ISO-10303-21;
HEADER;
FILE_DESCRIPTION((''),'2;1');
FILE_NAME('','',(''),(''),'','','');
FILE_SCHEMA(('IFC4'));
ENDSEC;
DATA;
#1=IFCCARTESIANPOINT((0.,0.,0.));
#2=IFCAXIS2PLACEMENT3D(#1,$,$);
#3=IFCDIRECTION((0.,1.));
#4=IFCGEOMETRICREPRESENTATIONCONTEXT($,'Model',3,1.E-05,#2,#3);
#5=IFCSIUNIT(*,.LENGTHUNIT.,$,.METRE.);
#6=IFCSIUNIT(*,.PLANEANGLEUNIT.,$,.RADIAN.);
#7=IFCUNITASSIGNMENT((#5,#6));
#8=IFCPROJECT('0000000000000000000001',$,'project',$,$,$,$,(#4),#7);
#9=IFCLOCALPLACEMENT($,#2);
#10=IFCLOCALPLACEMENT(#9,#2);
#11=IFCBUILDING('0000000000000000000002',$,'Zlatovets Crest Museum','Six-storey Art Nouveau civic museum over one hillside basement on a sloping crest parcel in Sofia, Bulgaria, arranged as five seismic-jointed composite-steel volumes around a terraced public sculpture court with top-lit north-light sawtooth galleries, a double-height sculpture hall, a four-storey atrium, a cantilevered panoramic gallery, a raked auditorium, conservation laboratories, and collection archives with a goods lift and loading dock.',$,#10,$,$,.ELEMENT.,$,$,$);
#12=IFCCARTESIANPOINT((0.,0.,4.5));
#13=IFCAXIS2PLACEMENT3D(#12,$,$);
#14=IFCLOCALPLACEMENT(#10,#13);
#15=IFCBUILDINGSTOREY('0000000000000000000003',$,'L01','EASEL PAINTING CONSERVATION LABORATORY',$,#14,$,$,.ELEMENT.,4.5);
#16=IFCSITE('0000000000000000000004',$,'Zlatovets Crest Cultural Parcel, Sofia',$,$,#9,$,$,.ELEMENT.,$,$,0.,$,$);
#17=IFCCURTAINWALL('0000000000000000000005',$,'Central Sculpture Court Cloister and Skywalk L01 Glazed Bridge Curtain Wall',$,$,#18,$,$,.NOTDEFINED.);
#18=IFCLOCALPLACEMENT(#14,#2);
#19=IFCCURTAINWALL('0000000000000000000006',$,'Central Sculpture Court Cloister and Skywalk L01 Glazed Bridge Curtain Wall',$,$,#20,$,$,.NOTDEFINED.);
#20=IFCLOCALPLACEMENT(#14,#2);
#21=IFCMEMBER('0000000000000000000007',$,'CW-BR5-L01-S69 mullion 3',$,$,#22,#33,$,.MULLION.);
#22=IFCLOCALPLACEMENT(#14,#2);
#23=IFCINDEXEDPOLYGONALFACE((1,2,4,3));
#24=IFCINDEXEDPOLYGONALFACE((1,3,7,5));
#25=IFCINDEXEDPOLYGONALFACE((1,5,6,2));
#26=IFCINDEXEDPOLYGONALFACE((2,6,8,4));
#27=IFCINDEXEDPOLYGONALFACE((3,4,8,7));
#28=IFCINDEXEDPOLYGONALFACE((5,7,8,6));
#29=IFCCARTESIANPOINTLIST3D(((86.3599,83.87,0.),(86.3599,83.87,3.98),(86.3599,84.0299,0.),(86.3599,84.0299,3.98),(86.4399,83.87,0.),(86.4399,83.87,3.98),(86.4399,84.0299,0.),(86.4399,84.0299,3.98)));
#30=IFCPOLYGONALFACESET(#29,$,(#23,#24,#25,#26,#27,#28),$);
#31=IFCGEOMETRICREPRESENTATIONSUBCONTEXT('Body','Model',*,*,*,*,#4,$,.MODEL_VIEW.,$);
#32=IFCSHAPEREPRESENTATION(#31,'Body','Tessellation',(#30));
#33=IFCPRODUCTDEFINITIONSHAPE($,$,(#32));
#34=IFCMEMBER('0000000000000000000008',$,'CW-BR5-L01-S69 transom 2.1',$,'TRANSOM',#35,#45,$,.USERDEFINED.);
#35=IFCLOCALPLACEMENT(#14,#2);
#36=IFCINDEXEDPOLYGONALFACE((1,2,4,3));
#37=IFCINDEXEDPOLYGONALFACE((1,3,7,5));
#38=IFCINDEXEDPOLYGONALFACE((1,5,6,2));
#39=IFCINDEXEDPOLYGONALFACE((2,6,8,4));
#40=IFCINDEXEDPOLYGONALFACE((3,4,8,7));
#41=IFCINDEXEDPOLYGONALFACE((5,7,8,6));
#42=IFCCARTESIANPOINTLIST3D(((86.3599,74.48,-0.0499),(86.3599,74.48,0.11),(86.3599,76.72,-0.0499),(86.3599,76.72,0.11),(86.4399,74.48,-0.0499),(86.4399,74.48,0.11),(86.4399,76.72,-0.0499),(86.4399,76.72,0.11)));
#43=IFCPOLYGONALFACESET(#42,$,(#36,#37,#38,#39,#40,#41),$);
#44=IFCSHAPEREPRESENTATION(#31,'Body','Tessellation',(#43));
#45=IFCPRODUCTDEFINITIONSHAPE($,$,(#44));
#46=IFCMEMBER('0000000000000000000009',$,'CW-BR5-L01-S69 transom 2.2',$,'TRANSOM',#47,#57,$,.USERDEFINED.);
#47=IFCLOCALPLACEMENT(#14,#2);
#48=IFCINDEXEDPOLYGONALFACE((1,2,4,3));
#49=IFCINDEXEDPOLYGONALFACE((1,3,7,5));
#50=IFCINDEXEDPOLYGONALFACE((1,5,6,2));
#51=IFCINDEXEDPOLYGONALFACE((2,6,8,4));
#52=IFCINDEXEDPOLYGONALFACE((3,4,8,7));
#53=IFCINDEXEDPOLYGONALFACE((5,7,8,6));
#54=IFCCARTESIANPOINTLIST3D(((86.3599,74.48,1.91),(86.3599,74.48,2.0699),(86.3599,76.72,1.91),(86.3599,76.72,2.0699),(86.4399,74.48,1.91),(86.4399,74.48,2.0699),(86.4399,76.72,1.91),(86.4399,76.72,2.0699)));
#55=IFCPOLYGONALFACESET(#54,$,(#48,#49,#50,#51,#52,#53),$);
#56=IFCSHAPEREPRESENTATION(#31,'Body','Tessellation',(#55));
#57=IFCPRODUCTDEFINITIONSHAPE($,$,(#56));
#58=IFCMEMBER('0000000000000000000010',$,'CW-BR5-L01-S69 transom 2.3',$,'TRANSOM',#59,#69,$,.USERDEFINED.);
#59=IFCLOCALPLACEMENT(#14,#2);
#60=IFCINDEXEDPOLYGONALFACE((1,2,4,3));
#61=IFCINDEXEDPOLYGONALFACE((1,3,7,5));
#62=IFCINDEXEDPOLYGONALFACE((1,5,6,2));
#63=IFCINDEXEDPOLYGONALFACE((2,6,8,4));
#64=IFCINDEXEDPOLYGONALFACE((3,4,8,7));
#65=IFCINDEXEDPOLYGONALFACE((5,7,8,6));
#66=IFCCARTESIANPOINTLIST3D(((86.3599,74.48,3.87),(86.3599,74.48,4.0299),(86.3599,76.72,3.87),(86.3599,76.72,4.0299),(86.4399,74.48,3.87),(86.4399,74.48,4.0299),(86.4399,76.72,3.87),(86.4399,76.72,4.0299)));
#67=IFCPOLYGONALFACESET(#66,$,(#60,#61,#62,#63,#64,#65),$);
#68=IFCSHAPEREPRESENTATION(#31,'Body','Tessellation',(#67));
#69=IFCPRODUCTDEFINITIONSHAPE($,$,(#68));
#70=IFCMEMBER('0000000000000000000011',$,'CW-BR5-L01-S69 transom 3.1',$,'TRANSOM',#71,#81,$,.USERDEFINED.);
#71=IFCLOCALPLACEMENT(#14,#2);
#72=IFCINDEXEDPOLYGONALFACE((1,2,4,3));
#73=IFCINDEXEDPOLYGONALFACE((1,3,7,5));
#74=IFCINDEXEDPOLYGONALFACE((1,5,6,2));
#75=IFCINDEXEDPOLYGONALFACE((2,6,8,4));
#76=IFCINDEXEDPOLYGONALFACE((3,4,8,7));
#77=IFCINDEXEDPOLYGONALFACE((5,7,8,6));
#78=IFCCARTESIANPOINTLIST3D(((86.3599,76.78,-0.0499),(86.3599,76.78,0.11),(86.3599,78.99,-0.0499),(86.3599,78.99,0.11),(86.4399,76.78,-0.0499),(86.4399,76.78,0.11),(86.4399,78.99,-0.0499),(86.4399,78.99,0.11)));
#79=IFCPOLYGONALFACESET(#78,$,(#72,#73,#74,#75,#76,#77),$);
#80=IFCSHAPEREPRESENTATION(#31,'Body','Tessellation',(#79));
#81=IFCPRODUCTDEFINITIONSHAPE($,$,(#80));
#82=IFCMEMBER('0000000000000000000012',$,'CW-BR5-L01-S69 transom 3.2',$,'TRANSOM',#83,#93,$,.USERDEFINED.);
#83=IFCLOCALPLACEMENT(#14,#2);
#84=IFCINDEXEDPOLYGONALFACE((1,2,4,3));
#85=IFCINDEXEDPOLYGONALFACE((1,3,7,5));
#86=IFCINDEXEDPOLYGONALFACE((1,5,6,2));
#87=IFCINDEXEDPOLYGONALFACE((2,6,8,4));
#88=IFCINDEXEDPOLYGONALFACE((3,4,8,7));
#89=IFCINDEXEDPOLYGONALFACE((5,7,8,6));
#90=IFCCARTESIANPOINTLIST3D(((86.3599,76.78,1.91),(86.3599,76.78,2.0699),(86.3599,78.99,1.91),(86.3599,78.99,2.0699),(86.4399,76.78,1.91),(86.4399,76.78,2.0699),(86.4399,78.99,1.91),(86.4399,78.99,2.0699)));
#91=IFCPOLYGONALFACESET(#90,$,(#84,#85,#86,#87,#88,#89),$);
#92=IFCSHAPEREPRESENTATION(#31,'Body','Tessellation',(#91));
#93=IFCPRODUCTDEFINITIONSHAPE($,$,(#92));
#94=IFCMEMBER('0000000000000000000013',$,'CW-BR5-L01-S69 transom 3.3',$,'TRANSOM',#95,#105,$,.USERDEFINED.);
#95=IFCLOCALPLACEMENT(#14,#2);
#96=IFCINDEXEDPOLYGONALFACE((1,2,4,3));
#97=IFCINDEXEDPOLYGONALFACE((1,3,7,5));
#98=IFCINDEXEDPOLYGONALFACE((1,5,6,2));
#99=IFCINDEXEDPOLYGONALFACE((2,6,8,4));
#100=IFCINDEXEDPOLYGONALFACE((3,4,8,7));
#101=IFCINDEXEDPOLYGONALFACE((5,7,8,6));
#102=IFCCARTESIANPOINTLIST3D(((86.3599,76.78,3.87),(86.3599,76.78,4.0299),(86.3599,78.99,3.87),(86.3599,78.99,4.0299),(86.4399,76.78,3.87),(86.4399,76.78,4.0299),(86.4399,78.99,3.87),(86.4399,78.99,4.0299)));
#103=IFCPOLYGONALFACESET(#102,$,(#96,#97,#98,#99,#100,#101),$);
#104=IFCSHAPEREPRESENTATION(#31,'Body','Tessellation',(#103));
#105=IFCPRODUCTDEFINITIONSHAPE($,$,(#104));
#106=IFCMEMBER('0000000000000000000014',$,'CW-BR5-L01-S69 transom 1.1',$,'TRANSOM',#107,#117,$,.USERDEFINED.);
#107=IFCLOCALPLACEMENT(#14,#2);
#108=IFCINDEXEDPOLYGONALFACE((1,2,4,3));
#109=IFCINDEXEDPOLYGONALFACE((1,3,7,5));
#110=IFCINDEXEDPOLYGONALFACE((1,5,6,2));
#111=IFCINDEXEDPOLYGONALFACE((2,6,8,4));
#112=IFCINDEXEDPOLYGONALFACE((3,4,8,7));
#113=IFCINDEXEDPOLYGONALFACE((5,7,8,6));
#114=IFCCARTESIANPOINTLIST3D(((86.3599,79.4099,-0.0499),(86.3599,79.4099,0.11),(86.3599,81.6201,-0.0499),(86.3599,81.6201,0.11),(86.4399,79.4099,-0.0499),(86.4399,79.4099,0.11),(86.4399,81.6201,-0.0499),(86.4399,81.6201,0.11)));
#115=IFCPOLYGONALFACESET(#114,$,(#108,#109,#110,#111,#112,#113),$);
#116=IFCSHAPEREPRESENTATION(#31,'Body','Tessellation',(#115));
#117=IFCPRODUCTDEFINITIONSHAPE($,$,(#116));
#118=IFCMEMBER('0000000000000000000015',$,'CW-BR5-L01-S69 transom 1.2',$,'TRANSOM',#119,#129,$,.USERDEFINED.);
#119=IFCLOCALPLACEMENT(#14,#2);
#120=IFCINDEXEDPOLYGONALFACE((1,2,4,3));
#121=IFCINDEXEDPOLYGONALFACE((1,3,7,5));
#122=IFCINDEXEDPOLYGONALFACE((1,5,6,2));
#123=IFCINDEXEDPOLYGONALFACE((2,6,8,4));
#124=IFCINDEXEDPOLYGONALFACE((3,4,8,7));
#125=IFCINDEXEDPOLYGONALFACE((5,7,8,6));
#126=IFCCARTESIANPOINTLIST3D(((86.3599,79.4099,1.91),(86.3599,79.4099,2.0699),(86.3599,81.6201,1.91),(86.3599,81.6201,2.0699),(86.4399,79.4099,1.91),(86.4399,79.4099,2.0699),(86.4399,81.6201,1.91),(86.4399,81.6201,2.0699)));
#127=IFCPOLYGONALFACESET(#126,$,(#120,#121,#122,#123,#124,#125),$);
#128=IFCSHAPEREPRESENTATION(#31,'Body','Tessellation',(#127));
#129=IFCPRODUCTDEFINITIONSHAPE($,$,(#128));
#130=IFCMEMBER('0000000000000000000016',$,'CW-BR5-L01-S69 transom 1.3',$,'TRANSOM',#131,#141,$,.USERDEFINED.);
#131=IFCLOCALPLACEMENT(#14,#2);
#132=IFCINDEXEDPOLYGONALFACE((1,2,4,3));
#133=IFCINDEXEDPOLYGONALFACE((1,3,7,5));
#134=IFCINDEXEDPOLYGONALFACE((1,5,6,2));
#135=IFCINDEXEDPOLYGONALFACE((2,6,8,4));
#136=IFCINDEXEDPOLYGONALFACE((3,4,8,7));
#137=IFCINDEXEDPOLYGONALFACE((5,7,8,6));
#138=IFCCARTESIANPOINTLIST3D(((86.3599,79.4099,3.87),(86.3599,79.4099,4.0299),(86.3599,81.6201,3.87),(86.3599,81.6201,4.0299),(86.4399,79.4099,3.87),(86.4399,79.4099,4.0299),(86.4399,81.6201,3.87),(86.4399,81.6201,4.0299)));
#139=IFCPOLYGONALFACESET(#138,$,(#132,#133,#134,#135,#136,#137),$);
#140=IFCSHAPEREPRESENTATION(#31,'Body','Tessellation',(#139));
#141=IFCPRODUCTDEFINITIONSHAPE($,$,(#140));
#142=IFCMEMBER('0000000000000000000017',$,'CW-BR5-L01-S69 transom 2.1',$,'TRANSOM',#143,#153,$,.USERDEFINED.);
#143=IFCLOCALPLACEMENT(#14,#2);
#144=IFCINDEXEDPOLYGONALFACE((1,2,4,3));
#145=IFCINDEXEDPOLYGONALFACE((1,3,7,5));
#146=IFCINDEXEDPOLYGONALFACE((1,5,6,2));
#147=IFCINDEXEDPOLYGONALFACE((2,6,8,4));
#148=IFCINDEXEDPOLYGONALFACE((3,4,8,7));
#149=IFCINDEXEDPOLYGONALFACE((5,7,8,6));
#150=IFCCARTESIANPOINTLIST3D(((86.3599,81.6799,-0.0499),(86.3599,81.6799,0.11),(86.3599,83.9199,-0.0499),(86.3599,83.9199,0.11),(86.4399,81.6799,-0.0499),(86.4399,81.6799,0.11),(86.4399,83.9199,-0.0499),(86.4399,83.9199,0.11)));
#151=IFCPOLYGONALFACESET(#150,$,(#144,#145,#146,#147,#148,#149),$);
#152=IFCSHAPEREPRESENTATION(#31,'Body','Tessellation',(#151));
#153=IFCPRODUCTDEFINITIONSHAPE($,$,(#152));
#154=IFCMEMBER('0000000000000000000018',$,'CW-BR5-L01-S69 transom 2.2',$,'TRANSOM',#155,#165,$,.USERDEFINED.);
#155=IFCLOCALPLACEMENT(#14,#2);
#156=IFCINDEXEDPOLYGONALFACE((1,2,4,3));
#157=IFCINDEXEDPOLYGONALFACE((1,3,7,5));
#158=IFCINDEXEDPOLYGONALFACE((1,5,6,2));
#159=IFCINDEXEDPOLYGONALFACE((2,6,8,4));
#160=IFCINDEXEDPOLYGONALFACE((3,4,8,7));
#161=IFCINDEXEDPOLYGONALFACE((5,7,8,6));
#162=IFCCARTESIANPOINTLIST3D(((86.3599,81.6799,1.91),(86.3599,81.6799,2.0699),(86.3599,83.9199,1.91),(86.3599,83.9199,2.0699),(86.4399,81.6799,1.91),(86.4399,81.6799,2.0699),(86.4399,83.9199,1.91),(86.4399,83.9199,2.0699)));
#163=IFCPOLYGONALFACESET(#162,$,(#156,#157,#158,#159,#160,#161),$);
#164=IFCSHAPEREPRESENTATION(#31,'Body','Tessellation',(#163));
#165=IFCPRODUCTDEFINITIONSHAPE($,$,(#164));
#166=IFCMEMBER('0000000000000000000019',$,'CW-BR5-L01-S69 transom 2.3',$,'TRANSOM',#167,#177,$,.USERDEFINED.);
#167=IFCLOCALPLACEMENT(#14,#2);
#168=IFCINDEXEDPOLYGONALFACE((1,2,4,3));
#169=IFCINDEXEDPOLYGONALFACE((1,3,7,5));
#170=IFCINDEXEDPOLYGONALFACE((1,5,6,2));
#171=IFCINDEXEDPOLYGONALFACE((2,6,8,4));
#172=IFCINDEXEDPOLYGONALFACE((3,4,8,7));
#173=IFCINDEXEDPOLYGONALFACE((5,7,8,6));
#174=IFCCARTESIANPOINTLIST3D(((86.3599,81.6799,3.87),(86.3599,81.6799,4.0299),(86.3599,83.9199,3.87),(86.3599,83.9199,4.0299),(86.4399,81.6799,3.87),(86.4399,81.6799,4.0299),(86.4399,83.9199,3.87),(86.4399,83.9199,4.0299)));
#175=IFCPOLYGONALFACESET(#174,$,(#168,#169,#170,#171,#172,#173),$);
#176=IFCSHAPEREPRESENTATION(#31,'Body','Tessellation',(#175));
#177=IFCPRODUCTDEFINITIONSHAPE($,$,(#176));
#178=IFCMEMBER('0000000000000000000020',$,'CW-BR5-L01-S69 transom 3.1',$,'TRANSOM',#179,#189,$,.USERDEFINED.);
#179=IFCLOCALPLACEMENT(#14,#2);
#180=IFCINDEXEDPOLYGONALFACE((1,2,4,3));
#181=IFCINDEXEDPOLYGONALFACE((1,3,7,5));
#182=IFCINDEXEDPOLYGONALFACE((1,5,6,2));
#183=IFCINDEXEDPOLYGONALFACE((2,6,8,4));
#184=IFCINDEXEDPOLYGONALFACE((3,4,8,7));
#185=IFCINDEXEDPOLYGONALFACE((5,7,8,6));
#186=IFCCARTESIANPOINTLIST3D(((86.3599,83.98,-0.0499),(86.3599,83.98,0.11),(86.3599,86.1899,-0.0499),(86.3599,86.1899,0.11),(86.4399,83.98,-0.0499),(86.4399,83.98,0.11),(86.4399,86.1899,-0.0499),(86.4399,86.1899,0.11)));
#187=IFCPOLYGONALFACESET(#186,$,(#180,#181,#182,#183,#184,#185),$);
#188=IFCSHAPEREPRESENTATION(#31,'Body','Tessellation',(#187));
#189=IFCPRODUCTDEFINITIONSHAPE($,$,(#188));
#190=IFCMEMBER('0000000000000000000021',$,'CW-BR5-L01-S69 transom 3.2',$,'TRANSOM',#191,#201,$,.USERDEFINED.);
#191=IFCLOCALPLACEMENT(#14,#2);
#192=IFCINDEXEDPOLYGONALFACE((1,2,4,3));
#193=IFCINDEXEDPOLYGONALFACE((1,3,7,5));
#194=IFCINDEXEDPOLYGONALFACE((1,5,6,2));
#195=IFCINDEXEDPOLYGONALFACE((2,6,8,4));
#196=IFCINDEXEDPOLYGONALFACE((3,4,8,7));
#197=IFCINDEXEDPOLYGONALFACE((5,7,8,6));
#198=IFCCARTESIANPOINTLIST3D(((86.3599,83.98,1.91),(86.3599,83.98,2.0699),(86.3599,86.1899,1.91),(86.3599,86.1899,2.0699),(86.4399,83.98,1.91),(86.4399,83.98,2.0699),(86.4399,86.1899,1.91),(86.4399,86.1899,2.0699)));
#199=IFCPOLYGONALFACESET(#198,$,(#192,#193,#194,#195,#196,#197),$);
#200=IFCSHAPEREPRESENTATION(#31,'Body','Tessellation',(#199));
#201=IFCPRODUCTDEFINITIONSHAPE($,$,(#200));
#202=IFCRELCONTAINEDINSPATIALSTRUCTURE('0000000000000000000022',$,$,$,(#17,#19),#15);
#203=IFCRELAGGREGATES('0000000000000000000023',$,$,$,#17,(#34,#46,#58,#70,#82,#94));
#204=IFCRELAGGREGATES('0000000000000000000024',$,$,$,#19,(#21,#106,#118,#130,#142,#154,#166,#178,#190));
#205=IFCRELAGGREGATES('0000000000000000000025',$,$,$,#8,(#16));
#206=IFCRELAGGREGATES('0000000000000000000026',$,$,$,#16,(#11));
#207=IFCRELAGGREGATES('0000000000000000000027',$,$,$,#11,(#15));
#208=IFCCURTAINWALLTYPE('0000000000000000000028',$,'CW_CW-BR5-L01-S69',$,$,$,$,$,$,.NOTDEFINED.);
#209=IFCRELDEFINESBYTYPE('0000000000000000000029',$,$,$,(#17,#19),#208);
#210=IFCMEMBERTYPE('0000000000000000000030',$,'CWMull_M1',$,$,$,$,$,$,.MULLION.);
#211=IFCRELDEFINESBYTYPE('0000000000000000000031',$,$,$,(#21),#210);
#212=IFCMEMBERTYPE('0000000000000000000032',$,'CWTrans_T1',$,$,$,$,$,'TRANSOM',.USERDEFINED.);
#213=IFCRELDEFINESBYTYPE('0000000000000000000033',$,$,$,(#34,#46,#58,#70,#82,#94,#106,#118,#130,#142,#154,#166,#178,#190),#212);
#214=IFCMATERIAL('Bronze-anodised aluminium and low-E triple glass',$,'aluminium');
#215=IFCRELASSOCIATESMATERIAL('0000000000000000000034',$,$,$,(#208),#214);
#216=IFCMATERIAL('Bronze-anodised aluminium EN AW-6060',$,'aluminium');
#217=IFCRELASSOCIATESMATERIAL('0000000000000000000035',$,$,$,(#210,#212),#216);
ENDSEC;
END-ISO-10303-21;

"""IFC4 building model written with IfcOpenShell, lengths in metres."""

from ifc_helpers import new_model, si_unit, direction, frame, origin, origin_2d, place, context, subcontext, project, spatial, rectangle, extrude, material, material_profile, profile_set, type_object, element, aggregate, save


model = new_model("IFC4")

# Units and contexts
model_context = context("Model", 3, precision=1e-05, world=origin(), true_north=direction((0.0, 1.0)))
body_context = subcontext(model_context, "Body", "Model", "MODEL_VIEW")
ifc_project = project(units=[si_unit("LENGTHUNIT", "METRE"), si_unit("PLANEANGLEUNIT", "RADIAN")], contexts=[model_context])

# Site, building, storey
site_placement = place(None, origin())
site = spatial("IfcSite", under=ifc_project, at=site_placement, Name="Zlatovets Crest Cultural Parcel, Sofia", CompositionType="ELEMENT", RefElevation=0.0)
building_placement = place(site_placement, origin())
building = spatial("IfcBuilding", under=site, at=building_placement, Name="Zlatovets Crest Museum", Description="Six-storey Art Nouveau civic museum over one hillside basement on a sloping crest parcel in Sofia, Bulgaria, arranged as five seismic-jointed composite-steel volumes around a terraced public sculpture court with top-lit north-light sawtooth galleries, a double-height sculpture hall, a four-storey atrium, a cantilevered panoramic gallery, a raked auditorium, conservation laboratories, and collection archives with a goods lift and loading dock.", CompositionType="ELEMENT")
storey_placement = place(building_placement, frame((0.0, 0.0, 4.5)))
storey = spatial("IfcBuildingStorey", under=building, at=storey_placement, Name="L01", Description="EASEL PAINTING CONSERVATION LABORATORY", CompositionType="ELEMENT", Elevation=4.5)

# Curtain walls, member
ifc_material_1 = material(Name="Bronze-anodised aluminium and low-E triple glass", Category="aluminium")
curtain_wall_type = type_object("IfcCurtainWallType", Name="CW_CW-BR5-L01-S69", PredefinedType="NOTDEFINED", material=ifc_material_1)
curtain_wall_1_placement = place(storey_placement, origin())
curtain_wall_1 = element("IfcCurtainWall", 1, at=curtain_wall_1_placement, inside=storey, type_object=curtain_wall_type, Name="Central Sculpture Court Cloister and Skywalk L01 Glazed Bridge Curtain Wall", PredefinedType="NOTDEFINED")
ifc_material_2 = material(Name="Bronze-anodised aluminium EN AW-6060", Category="aluminium")
ifc_material_profile_1 = material_profile(ifc_material_2, rectangle(XDim=0.0801, YDim=0.1599, at=origin_2d()), Name="ALU 80x160")
ifc_profile_set_1 = profile_set([ifc_material_profile_1], Name="Bronze-anodised aluminium EN AW-6060")
member_type_1 = type_object("IfcMemberType", Name="CWMull_M1", PredefinedType="MULLION", material=ifc_profile_set_1)
curtain_wall_2_placement = place(storey_placement, origin())
curtain_wall_2 = element("IfcCurtainWall", 2, at=curtain_wall_2_placement, inside=storey, type_object=curtain_wall_type, Name="Central Sculpture Court Cloister and Skywalk L01 Glazed Bridge Curtain Wall", PredefinedType="NOTDEFINED")
member_1_placement = place(storey_placement, frame((86.3999, 83.95, 0.0), z_axis=(0.0, 0.0, 1.0), x_axis=(-1.0, 0.0, 0.0)))
member_1 = element("IfcMember", 3, at=member_1_placement, type_object=member_type_1, Name="CW-BR5-L01-S69 mullion 3", PredefinedType="MULLION", context=body_context, shape_type="SweptSolid", body=[
    extrude(rectangle(XDim=0.0801, YDim=0.1599, at=origin_2d()), origin(), (0.0, 0.0, 1.0), 3.98),
])

# Members
ifc_material_profile_2 = material_profile(ifc_material_2, rectangle(XDim=0.0801, YDim=0.1599, at=origin_2d()), Name="ALU 80x160")
ifc_profile_set_2 = profile_set([ifc_material_profile_2], Name="Bronze-anodised aluminium EN AW-6060")
member_type_2 = type_object("IfcMemberType", Name="CWTrans_T1", ElementType="TRANSOM", PredefinedType="USERDEFINED", material=ifc_profile_set_2)
member_2_placement = place(storey_placement, frame((86.3999, 74.48, 0.03), z_axis=(0.0, 1.0, 0.0), x_axis=(-1.0, 0.0, 0.0)))
member_2 = element("IfcMember", 4, at=member_2_placement, type_object=member_type_2, Name="CW-BR5-L01-S69 transom 2.1", ObjectType="TRANSOM", PredefinedType="USERDEFINED", context=body_context, shape_type="SweptSolid", body=[
    extrude(rectangle(XDim=0.0801, YDim=0.1599, at=origin_2d()), origin(), (0.0, 0.0, 1.0), 2.24),
])
member_3_placement = place(storey_placement, frame((86.3999, 74.48, 1.99), z_axis=(0.0, 1.0, 0.0), x_axis=(-1.0, 0.0, 0.0)))
member_3 = element("IfcMember", 5, at=member_3_placement, type_object=member_type_2, Name="CW-BR5-L01-S69 transom 2.2", ObjectType="TRANSOM", PredefinedType="USERDEFINED", context=body_context, shape_type="SweptSolid", body=[
    extrude(rectangle(XDim=0.0801, YDim=0.1599, at=origin_2d()), origin(), (0.0, 0.0, 1.0), 2.24),
])
member_4_placement = place(storey_placement, frame((86.3999, 74.48, 3.95), z_axis=(0.0, 1.0, 0.0), x_axis=(-1.0, 0.0, 0.0)))
member_4 = element("IfcMember", 6, at=member_4_placement, type_object=member_type_2, Name="CW-BR5-L01-S69 transom 2.3", ObjectType="TRANSOM", PredefinedType="USERDEFINED", context=body_context, shape_type="SweptSolid", body=[
    extrude(rectangle(XDim=0.0801, YDim=0.1599, at=origin_2d()), origin(), (0.0, 0.0, 1.0), 2.24),
])
member_5_placement = place(storey_placement, frame((86.3999, 76.78, 0.03), z_axis=(0.0, 1.0, 0.0), x_axis=(-1.0, 0.0, 0.0)))
member_5 = element("IfcMember", 7, at=member_5_placement, type_object=member_type_2, Name="CW-BR5-L01-S69 transom 3.1", ObjectType="TRANSOM", PredefinedType="USERDEFINED", context=body_context, shape_type="SweptSolid", body=[
    extrude(rectangle(XDim=0.0801, YDim=0.1599, at=origin_2d()), origin(), (0.0, 0.0, 1.0), 2.21),
])
member_6_placement = place(storey_placement, frame((86.3999, 76.78, 1.99), z_axis=(0.0, 1.0, 0.0), x_axis=(-1.0, 0.0, 0.0)))
member_6 = element("IfcMember", 8, at=member_6_placement, type_object=member_type_2, Name="CW-BR5-L01-S69 transom 3.2", ObjectType="TRANSOM", PredefinedType="USERDEFINED", context=body_context, shape_type="SweptSolid", body=[
    extrude(rectangle(XDim=0.0801, YDim=0.1599, at=origin_2d()), origin(), (0.0, 0.0, 1.0), 2.21),
])
member_7_placement = place(storey_placement, frame((86.3999, 76.78, 3.95), z_axis=(0.0, 1.0, 0.0), x_axis=(-1.0, 0.0, 0.0)))
member_7 = element("IfcMember", 9, at=member_7_placement, type_object=member_type_2, Name="CW-BR5-L01-S69 transom 3.3", ObjectType="TRANSOM", PredefinedType="USERDEFINED", context=body_context, shape_type="SweptSolid", body=[
    extrude(rectangle(XDim=0.0801, YDim=0.1599, at=origin_2d()), origin(), (0.0, 0.0, 1.0), 2.21),
])
member_8_placement = place(storey_placement, frame((86.3999, 79.4099, 0.03), z_axis=(0.0, 1.0, 0.0), x_axis=(-1.0, 0.0, 0.0)))
member_8 = element("IfcMember", 10, at=member_8_placement, type_object=member_type_2, Name="CW-BR5-L01-S69 transom 1.1", ObjectType="TRANSOM", PredefinedType="USERDEFINED", context=body_context, shape_type="SweptSolid", body=[
    extrude(rectangle(XDim=0.0801, YDim=0.1599, at=origin_2d()), origin(), (0.0, 0.0, 1.0), 2.2102),
])
member_9_placement = place(storey_placement, frame((86.3999, 79.4099, 1.99), z_axis=(0.0, 1.0, 0.0), x_axis=(-1.0, 0.0, 0.0)))
member_9 = element("IfcMember", 11, at=member_9_placement, type_object=member_type_2, Name="CW-BR5-L01-S69 transom 1.2", ObjectType="TRANSOM", PredefinedType="USERDEFINED", context=body_context, shape_type="SweptSolid", body=[
    extrude(rectangle(XDim=0.0801, YDim=0.1599, at=origin_2d()), origin(), (0.0, 0.0, 1.0), 2.2102),
])
member_10_placement = place(storey_placement, frame((86.3999, 79.4099, 3.95), z_axis=(0.0, 1.0, 0.0), x_axis=(-1.0, 0.0, 0.0)))
member_10 = element("IfcMember", 12, at=member_10_placement, type_object=member_type_2, Name="CW-BR5-L01-S69 transom 1.3", ObjectType="TRANSOM", PredefinedType="USERDEFINED", context=body_context, shape_type="SweptSolid", body=[
    extrude(rectangle(XDim=0.0801, YDim=0.1599, at=origin_2d()), origin(), (0.0, 0.0, 1.0), 2.2102),
])
member_11_placement = place(storey_placement, frame((86.3999, 81.6799, 0.03), z_axis=(0.0, 1.0, 0.0), x_axis=(-1.0, 0.0, 0.0)))
member_11 = element("IfcMember", 13, at=member_11_placement, type_object=member_type_2, Name="CW-BR5-L01-S69 transom 2.1", ObjectType="TRANSOM", PredefinedType="USERDEFINED", context=body_context, shape_type="SweptSolid", body=[
    extrude(rectangle(XDim=0.0801, YDim=0.1599, at=origin_2d()), origin(), (0.0, 0.0, 1.0), 2.24),
])
member_12_placement = place(storey_placement, frame((86.3999, 81.6799, 1.99), z_axis=(0.0, 1.0, 0.0), x_axis=(-1.0, 0.0, 0.0)))
member_12 = element("IfcMember", 14, at=member_12_placement, type_object=member_type_2, Name="CW-BR5-L01-S69 transom 2.2", ObjectType="TRANSOM", PredefinedType="USERDEFINED", context=body_context, shape_type="SweptSolid", body=[
    extrude(rectangle(XDim=0.0801, YDim=0.1599, at=origin_2d()), origin(), (0.0, 0.0, 1.0), 2.24),
])
member_13_placement = place(storey_placement, frame((86.3999, 81.6799, 3.95), z_axis=(0.0, 1.0, 0.0), x_axis=(-1.0, 0.0, 0.0)))
member_13 = element("IfcMember", 15, at=member_13_placement, type_object=member_type_2, Name="CW-BR5-L01-S69 transom 2.3", ObjectType="TRANSOM", PredefinedType="USERDEFINED", context=body_context, shape_type="SweptSolid", body=[
    extrude(rectangle(XDim=0.0801, YDim=0.1599, at=origin_2d()), origin(), (0.0, 0.0, 1.0), 2.24),
])
member_14_placement = place(storey_placement, frame((86.3999, 83.98, 0.03), z_axis=(0.0, 1.0, 0.0), x_axis=(-1.0, 0.0, 0.0)))
member_14 = element("IfcMember", 16, at=member_14_placement, type_object=member_type_2, Name="CW-BR5-L01-S69 transom 3.1", ObjectType="TRANSOM", PredefinedType="USERDEFINED", context=body_context, shape_type="SweptSolid", body=[
    extrude(rectangle(XDim=0.0801, YDim=0.1599, at=origin_2d()), origin(), (0.0, 0.0, 1.0), 2.21),
])
member_15_placement = place(storey_placement, frame((86.3999, 83.98, 1.99), z_axis=(0.0, 1.0, 0.0), x_axis=(-1.0, 0.0, 0.0)))
member_15 = element("IfcMember", 17, at=member_15_placement, type_object=member_type_2, Name="CW-BR5-L01-S69 transom 3.2", ObjectType="TRANSOM", PredefinedType="USERDEFINED", context=body_context, shape_type="SweptSolid", body=[
    extrude(rectangle(XDim=0.0801, YDim=0.1599, at=origin_2d()), origin(), (0.0, 0.0, 1.0), 2.21),
])

aggregate(curtain_wall_1, [member_2, member_3, member_4, member_5, member_6, member_7])
aggregate(curtain_wall_2, [member_1, member_8, member_9, member_10, member_11, member_12, member_13, member_14, member_15])

save(model, "model.ifc")
